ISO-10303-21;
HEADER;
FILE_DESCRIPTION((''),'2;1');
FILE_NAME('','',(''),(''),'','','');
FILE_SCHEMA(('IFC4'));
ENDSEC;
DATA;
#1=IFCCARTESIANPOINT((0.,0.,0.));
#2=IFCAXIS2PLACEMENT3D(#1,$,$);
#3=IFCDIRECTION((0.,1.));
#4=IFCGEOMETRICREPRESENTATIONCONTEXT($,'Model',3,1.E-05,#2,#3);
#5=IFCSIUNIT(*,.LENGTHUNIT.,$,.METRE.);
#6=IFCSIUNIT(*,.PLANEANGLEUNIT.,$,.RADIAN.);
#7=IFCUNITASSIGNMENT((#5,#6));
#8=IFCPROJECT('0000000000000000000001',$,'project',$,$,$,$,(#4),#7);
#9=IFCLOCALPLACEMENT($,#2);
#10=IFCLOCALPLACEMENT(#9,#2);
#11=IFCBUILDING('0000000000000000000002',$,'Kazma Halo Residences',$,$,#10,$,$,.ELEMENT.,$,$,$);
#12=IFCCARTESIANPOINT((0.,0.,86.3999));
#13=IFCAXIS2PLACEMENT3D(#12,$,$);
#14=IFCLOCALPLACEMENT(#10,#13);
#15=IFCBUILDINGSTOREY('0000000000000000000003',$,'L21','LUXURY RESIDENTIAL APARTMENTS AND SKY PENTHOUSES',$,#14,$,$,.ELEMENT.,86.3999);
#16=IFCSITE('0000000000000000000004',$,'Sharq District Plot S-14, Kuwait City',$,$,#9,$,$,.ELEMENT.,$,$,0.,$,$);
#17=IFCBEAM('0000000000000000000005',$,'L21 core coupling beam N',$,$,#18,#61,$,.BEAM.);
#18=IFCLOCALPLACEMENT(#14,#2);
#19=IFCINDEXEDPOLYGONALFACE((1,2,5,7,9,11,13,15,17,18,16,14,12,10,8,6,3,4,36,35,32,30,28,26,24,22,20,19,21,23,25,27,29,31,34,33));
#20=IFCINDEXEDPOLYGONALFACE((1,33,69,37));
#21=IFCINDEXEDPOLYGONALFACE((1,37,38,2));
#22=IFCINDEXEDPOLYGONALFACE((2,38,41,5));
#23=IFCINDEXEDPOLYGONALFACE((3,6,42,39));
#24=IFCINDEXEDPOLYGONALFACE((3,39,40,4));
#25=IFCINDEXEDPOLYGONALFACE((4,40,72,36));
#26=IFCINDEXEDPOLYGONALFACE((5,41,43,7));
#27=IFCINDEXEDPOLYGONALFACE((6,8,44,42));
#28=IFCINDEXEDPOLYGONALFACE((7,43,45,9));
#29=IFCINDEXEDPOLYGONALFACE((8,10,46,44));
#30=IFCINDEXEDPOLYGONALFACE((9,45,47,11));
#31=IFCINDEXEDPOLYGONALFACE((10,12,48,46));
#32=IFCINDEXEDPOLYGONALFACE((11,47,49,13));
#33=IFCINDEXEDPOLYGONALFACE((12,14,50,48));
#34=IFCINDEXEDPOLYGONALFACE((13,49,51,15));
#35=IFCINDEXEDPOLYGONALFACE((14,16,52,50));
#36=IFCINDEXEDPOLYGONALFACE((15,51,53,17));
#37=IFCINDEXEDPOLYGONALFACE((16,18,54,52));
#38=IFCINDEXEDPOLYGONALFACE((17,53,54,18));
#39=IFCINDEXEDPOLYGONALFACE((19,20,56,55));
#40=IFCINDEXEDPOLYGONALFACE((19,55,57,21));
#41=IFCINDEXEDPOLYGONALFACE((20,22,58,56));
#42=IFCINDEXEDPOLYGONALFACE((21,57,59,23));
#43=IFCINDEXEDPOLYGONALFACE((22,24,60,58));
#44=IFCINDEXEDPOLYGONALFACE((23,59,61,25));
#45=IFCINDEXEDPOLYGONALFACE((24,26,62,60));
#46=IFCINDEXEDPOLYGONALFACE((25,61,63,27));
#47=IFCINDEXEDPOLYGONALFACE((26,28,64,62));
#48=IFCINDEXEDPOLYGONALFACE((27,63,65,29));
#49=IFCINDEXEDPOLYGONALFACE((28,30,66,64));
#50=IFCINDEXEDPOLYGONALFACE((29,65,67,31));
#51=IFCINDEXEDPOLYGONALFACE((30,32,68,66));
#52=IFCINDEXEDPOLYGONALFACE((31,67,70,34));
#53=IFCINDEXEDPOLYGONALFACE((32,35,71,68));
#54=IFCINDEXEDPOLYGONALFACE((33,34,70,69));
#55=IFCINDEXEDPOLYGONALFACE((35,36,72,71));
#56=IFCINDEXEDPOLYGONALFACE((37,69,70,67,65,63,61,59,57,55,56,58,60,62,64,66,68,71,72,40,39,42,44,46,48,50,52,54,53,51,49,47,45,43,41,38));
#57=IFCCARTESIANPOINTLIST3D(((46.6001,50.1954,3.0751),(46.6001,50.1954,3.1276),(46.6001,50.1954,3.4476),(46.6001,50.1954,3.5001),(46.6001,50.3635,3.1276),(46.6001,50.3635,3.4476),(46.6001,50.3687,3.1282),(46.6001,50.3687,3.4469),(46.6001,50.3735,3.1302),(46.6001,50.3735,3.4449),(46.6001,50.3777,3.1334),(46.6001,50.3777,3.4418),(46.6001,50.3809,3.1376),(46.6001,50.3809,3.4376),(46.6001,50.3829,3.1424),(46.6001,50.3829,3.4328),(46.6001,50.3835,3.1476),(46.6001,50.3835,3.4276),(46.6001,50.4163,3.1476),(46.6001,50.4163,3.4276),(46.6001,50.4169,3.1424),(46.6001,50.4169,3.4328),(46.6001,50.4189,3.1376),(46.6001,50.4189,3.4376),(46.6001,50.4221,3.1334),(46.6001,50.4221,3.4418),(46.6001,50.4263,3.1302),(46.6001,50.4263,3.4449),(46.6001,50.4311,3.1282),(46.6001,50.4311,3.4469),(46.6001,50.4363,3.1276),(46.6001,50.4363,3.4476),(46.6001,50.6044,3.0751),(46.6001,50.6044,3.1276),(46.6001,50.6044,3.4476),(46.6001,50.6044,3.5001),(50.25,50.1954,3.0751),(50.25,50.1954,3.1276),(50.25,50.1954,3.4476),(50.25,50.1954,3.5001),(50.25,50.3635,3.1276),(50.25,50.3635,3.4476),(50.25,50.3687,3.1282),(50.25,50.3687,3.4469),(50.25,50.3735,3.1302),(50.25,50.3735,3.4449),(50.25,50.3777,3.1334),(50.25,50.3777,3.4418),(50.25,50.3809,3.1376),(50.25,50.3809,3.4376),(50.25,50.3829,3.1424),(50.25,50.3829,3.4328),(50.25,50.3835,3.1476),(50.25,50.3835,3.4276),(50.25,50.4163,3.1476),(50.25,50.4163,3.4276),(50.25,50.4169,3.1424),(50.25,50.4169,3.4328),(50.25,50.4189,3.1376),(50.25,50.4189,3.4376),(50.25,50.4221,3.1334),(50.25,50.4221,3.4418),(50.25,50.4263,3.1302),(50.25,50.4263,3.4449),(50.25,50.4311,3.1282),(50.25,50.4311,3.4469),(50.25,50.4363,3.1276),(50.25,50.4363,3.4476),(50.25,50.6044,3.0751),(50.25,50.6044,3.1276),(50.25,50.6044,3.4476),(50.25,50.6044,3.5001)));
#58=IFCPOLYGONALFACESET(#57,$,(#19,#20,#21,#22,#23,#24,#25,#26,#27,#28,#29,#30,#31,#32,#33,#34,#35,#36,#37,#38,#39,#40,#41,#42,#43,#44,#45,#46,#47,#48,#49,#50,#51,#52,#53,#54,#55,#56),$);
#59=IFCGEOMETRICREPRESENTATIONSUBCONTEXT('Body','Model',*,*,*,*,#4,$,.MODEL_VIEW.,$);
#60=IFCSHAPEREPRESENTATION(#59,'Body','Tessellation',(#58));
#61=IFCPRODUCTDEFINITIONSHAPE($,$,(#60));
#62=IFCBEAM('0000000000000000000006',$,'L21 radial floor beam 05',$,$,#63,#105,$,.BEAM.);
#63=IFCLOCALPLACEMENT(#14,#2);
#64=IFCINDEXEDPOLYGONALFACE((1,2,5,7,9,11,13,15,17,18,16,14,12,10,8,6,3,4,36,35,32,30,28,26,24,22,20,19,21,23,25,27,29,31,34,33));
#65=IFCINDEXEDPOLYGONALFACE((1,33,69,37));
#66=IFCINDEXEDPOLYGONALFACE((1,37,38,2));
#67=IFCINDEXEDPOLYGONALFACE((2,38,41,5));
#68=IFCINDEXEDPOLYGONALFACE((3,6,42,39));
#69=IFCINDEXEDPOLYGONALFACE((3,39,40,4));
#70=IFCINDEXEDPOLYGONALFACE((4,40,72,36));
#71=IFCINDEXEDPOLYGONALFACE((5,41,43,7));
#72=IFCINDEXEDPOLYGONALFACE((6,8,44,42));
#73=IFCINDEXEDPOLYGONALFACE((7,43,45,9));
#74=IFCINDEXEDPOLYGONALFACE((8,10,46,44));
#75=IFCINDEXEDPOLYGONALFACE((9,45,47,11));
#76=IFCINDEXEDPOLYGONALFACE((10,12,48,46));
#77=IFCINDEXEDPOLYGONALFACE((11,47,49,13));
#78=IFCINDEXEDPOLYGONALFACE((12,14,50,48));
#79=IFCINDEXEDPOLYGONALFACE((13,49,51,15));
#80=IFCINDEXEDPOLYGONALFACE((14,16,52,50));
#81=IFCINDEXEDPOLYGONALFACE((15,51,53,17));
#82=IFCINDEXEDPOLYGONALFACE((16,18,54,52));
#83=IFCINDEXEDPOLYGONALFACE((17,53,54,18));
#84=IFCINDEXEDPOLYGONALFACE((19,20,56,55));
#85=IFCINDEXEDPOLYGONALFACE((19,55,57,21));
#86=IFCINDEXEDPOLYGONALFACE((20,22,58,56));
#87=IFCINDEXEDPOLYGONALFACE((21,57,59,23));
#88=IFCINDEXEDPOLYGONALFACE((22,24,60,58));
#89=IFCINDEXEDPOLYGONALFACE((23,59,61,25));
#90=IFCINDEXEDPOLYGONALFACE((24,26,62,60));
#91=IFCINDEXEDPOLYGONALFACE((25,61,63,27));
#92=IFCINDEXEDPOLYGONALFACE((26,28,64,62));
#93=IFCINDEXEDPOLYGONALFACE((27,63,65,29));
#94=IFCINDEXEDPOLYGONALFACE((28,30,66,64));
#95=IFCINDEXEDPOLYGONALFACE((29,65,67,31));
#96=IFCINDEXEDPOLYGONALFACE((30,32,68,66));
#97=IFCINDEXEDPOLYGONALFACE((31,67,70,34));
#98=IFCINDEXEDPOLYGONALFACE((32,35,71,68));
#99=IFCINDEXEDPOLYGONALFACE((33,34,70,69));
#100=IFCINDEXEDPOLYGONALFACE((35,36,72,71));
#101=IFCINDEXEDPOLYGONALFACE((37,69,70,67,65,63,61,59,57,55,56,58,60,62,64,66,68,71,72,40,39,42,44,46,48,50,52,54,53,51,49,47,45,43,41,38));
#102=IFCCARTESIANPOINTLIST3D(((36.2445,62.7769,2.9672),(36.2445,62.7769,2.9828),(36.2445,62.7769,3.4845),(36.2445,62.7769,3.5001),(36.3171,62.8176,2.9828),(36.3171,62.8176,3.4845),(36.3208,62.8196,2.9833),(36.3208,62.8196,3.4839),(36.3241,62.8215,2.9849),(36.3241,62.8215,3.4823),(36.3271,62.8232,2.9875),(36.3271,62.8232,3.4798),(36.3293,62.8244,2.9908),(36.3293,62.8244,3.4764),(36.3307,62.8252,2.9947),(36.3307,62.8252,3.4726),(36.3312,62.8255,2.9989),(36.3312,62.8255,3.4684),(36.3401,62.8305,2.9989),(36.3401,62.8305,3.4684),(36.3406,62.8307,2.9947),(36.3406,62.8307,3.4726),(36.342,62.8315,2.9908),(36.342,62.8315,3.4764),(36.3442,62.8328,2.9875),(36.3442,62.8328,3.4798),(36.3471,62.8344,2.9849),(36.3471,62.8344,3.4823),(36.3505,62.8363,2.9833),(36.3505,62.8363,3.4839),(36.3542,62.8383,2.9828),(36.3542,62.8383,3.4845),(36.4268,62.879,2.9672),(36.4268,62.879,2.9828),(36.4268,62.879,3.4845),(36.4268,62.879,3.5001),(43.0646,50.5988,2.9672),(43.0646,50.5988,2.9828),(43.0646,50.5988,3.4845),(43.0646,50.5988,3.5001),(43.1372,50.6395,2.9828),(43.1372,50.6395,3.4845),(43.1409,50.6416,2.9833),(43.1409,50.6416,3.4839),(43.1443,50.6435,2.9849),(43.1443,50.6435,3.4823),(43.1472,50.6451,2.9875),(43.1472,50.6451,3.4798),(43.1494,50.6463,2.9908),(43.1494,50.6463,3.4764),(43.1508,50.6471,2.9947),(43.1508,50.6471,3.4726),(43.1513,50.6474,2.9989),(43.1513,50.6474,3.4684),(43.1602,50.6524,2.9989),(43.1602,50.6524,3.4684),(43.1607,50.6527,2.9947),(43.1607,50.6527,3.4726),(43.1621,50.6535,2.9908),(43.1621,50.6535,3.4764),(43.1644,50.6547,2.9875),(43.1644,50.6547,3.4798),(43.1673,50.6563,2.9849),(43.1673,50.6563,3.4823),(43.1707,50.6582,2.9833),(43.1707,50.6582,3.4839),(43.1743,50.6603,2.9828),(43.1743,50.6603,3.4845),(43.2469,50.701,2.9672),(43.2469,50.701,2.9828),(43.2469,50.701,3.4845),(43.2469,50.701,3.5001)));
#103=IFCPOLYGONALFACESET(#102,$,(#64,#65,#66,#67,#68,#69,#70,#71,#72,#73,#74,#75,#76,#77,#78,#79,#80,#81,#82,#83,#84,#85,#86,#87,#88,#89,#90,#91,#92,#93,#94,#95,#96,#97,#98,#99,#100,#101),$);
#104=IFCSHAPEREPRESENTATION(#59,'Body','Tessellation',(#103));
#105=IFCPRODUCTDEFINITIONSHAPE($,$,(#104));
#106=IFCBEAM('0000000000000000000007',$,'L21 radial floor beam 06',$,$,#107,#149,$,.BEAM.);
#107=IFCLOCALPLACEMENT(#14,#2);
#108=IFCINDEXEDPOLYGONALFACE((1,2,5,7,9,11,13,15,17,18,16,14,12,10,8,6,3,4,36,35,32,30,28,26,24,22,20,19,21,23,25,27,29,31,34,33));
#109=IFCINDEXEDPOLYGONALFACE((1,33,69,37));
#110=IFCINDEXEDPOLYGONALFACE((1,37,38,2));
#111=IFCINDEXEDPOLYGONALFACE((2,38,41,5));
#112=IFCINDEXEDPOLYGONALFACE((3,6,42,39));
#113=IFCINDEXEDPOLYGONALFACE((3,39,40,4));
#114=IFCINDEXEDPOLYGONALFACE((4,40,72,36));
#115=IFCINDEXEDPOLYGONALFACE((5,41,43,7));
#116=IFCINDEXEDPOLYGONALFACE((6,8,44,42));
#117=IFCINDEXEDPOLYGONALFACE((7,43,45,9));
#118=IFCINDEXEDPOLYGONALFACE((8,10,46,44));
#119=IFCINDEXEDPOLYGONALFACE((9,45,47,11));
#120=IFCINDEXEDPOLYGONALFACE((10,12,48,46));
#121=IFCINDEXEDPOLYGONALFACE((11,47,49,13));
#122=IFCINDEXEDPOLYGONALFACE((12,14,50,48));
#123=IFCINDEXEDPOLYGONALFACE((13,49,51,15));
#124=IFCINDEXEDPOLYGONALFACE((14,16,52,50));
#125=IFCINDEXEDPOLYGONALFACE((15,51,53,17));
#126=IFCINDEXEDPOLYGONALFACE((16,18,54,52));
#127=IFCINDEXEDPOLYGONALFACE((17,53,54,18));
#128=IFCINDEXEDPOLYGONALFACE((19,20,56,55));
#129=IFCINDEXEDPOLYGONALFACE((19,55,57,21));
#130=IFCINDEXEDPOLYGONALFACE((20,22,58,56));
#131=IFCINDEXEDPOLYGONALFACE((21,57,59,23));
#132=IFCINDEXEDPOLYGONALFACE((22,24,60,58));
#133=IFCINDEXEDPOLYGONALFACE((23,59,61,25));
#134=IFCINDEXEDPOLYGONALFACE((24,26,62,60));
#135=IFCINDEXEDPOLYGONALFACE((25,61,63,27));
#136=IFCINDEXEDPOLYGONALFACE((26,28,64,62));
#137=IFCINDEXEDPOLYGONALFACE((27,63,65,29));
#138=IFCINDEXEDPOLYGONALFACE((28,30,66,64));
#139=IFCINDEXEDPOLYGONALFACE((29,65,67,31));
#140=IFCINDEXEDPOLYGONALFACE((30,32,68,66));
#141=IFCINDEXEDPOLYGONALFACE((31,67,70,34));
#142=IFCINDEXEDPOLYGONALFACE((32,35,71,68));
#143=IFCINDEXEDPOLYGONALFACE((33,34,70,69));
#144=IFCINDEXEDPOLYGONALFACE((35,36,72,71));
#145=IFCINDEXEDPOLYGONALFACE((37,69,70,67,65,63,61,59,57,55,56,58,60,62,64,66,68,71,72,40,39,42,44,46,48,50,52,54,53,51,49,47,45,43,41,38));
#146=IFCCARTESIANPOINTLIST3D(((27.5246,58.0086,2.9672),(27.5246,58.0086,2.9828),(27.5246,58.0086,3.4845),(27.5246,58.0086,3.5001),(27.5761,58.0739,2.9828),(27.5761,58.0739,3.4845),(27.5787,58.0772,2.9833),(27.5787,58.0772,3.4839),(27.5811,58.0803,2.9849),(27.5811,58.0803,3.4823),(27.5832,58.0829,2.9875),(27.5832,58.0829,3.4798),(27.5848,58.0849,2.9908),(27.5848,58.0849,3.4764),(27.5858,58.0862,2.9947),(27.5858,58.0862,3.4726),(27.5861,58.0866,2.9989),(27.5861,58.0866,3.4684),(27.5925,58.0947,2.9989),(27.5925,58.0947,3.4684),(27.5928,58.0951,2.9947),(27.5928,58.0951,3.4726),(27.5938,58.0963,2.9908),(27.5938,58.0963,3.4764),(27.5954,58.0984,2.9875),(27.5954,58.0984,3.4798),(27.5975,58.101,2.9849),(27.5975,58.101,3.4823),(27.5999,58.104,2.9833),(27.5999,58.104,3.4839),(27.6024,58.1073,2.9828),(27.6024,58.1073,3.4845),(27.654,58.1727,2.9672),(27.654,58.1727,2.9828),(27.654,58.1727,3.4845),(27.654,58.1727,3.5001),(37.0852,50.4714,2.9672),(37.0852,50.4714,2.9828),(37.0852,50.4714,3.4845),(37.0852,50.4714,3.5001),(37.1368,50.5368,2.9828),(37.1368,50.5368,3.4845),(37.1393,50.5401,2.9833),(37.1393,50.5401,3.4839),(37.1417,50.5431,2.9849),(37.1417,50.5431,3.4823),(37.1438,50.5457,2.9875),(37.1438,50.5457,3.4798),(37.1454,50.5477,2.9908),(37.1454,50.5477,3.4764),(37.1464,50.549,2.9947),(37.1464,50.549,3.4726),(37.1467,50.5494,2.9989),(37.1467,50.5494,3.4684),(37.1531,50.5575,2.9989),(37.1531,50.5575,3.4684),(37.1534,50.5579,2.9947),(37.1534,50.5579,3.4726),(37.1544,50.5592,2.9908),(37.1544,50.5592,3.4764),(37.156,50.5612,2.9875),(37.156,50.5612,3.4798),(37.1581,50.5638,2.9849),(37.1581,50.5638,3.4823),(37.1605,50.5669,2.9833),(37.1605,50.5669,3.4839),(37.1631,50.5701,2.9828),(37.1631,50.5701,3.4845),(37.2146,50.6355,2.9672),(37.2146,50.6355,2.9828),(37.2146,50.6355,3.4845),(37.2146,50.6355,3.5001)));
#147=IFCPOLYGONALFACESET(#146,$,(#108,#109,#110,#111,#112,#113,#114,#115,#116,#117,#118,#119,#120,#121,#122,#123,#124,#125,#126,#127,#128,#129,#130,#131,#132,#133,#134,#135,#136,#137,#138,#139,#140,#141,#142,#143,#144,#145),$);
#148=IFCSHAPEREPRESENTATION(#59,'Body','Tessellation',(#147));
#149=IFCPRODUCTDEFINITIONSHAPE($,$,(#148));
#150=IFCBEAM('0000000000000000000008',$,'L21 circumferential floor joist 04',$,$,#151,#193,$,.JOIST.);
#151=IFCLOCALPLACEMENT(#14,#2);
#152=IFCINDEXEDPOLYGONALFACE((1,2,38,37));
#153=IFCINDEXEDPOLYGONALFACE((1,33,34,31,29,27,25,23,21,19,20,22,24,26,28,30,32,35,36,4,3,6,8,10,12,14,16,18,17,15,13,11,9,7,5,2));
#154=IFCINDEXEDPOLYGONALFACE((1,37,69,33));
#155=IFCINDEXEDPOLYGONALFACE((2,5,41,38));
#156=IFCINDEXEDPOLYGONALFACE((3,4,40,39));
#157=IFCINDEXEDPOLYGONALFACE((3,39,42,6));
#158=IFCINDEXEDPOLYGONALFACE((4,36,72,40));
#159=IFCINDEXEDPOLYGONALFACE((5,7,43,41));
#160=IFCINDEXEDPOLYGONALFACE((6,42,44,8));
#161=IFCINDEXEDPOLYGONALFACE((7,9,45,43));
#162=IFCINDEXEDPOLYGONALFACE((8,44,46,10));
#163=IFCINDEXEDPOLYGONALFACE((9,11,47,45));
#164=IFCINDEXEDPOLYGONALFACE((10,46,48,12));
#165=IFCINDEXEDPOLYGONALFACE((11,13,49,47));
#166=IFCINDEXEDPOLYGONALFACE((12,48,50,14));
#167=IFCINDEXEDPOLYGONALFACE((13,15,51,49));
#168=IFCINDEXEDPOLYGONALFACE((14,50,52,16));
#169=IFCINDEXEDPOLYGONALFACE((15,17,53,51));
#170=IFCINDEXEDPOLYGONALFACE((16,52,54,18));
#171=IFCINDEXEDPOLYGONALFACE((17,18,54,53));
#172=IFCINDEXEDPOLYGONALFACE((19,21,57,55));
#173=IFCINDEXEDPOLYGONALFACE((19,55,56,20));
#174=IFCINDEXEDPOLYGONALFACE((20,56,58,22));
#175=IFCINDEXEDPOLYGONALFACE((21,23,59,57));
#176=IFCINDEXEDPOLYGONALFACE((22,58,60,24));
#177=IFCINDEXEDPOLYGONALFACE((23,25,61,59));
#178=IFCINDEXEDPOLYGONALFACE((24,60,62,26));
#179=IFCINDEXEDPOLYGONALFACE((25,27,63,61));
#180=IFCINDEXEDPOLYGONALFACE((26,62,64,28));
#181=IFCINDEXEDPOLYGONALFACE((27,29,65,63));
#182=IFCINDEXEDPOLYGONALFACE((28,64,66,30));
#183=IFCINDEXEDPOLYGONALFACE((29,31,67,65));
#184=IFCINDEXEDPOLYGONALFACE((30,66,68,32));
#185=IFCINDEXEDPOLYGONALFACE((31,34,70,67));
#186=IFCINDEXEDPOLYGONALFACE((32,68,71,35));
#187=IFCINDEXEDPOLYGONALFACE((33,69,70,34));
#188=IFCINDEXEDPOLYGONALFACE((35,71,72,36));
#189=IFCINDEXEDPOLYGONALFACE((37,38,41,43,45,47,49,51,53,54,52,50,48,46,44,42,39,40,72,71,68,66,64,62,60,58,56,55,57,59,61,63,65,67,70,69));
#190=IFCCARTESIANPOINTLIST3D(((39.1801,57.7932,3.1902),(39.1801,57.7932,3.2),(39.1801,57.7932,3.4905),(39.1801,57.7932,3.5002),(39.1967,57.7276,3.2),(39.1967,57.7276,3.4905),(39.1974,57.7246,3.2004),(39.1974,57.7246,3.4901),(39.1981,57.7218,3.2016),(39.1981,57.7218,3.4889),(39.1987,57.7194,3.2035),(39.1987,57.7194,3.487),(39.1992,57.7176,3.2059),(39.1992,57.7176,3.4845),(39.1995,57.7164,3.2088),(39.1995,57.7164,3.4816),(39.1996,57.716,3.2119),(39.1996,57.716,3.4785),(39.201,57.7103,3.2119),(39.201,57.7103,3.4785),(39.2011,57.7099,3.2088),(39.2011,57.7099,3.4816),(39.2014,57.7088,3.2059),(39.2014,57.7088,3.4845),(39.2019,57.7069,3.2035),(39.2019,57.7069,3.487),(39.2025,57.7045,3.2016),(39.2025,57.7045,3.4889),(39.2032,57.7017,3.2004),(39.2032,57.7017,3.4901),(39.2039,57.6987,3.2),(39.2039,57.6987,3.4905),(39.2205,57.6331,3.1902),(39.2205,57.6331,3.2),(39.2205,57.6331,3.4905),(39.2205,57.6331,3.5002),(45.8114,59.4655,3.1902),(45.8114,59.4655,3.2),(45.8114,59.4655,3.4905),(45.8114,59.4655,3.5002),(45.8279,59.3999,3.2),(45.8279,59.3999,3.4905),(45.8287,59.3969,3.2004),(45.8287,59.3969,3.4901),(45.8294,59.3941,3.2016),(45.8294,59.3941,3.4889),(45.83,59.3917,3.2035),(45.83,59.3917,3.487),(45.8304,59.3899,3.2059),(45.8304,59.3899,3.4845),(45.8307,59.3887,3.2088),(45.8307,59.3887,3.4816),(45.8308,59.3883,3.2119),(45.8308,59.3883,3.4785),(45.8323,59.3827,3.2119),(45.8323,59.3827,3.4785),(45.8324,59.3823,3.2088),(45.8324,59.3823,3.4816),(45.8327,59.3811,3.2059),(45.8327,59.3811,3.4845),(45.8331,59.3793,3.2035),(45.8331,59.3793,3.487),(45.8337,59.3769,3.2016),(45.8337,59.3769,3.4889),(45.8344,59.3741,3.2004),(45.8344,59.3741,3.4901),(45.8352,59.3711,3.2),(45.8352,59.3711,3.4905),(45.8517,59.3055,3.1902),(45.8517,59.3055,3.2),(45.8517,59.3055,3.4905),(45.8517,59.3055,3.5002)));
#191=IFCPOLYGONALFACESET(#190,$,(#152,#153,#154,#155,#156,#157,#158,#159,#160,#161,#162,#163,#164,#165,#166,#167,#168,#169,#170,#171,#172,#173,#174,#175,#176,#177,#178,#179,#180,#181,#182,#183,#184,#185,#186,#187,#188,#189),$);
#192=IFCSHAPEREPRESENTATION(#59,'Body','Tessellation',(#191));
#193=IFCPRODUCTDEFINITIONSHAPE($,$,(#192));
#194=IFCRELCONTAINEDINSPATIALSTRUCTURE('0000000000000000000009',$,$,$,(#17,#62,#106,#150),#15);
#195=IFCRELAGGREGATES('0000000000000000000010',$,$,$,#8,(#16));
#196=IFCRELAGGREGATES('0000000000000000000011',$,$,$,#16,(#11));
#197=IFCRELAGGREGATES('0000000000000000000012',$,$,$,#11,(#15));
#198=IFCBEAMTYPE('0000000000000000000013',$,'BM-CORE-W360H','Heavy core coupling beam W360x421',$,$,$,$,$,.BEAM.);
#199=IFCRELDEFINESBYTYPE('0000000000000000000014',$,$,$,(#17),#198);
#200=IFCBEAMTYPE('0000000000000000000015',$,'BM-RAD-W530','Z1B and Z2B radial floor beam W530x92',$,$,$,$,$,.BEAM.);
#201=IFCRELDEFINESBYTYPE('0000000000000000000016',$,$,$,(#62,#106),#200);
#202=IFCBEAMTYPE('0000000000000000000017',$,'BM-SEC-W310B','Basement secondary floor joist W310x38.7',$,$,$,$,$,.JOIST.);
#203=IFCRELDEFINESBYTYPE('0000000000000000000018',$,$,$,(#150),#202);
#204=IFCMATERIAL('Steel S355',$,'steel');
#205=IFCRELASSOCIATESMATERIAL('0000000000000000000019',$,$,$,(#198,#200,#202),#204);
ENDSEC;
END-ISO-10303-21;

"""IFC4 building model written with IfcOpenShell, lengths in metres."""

from ifc_helpers import new_model, si_unit, direction, frame, origin, origin_2d, place, context, subcontext, project, spatial, i_section, extrude, material, material_profile, profile_set, type_object, element, save


model = new_model("IFC4")

# Units and contexts
model_context = context("Model", 3, precision=1e-05, world=origin(), true_north=direction((0.0, 1.0)))
body_context = subcontext(model_context, "Body", "Model", "MODEL_VIEW")
ifc_project = project(units=[si_unit("LENGTHUNIT", "METRE"), si_unit("PLANEANGLEUNIT", "RADIAN")], contexts=[model_context])

# Site, building, storey
site_placement = place(None, origin())
site = spatial("IfcSite", under=ifc_project, at=site_placement, Name="Sharq District Plot S-14, Kuwait City", CompositionType="ELEMENT", RefElevation=0.0)
building_placement = place(site_placement, origin())
building = spatial("IfcBuilding", under=site, at=building_placement, Name="Kazma Halo Residences", CompositionType="ELEMENT")
storey_placement = place(building_placement, frame((0.0, 0.0, 86.3999)))
storey = spatial("IfcBuildingStorey", under=building, at=storey_placement, Name="L21", Description="LUXURY RESIDENTIAL APARTMENTS AND SKY PENTHOUSES", CompositionType="ELEMENT", Elevation=86.3999)

# Beams
ifc_material_1 = material(Name="Steel S355", Category="steel")
ifc_material_profile_1 = material_profile(ifc_material_1, i_section(OverallWidth=0.4089, OverallDepth=0.425, WebThickness=0.0327, FlangeThickness=0.0525, FilletRadius=0.02, at=origin_2d()), Name="W360x421")
ifc_profile_set_1 = profile_set([ifc_material_profile_1], Name="Steel S355")
beam_type_1 = type_object("IfcBeamType", Name="BM-CORE-W360H", Description="Heavy core coupling beam W360x421", PredefinedType="BEAM", material=ifc_profile_set_1)
beam_1_placement = place(storey_placement, frame((46.6001, 50.3999, 3.2876), z_axis=(1.0, 0.0, 0.0), x_axis=(0.0, 1.0, 0.0)))
element("IfcBeam", 1, at=beam_1_placement, inside=storey, type_object=beam_type_1, Name="L21 core coupling beam N", PredefinedType="BEAM", context=body_context, shape_type="SweptSolid", body=[
    extrude(i_section(OverallWidth=0.4089, OverallDepth=0.425, WebThickness=0.0327, FlangeThickness=0.0525, FilletRadius=0.02, at=origin_2d()), origin(), (0.0, 0.0, 1.0), 3.6499),
])
ifc_material_profile_2 = material_profile(ifc_material_1, i_section(OverallWidth=0.209, OverallDepth=0.533, WebThickness=0.0103, FlangeThickness=0.0156, FilletRadius=0.0161, at=origin_2d()), Name="W530x92")
ifc_profile_set_2 = profile_set([ifc_material_profile_2], Name="Steel S355")
beam_type_2 = type_object("IfcBeamType", Name="BM-RAD-W530", Description="Z1B and Z2B radial floor beam W530x92", PredefinedType="BEAM", material=ifc_profile_set_2)
beam_2_placement = place(storey_placement, frame((43.1558, 50.6499, 3.2336), z_axis=(-0.488625, 0.872494, 0.0), x_axis=(-0.872494, -0.488625, 0.0)))
element("IfcBeam", 2, at=beam_2_placement, inside=storey, type_object=beam_type_2, Name="L21 radial floor beam 05", PredefinedType="BEAM", context=body_context, shape_type="SweptSolid", body=[
    extrude(i_section(OverallWidth=0.209, OverallDepth=0.533, WebThickness=0.0103, FlangeThickness=0.0156, FilletRadius=0.0161, at=origin_2d()), origin(), (0.0, 0.0, 1.0), 13.9578),
])
beam_3_placement = place(storey_placement, frame((37.1499, 50.5535, 3.2336), z_axis=(-0.78531, 0.619103, 0.0), x_axis=(-0.619103, -0.78531, 0.0)))
element("IfcBeam", 3, at=beam_3_placement, inside=storey, type_object=beam_type_2, Name="L21 radial floor beam 06", PredefinedType="BEAM", context=body_context, shape_type="SweptSolid", body=[
    extrude(i_section(OverallWidth=0.209, OverallDepth=0.533, WebThickness=0.0103, FlangeThickness=0.0156, FilletRadius=0.0161, at=origin_2d()), origin(), (0.0, 0.0, 1.0), 12.1743),
])
ifc_material_profile_3 = material_profile(ifc_material_1, i_section(OverallWidth=0.165, OverallDepth=0.3101, WebThickness=0.0059, FlangeThickness=0.0098, FilletRadius=0.012, at=origin_2d()), Name="W310x38.7")
ifc_profile_set_3 = profile_set([ifc_material_profile_3], Name="Steel S355")
beam_type_3 = type_object("IfcBeamType", Name="BM-SEC-W310B", Description="Basement secondary floor joist W310x38.7", PredefinedType="JOIST", material=ifc_profile_set_3)
beam_4_placement = place(storey_placement, frame((45.8315, 59.3855, 3.3452), z_axis=(-0.969641, -0.244534, 0.0), x_axis=(0.244534, -0.969641, 0.0)))
element("IfcBeam", 4, at=beam_4_placement, inside=storey, type_object=beam_type_3, Name="L21 circumferential floor joist 04", PredefinedType="JOIST", context=body_context, shape_type="SweptSolid", body=[
    extrude(i_section(OverallWidth=0.165, OverallDepth=0.3101, WebThickness=0.0059, FlangeThickness=0.0098, FilletRadius=0.012, at=origin_2d()), origin(), (0.0, 0.0, 1.0), 6.8389),
])

save(model, "model.ifc")
